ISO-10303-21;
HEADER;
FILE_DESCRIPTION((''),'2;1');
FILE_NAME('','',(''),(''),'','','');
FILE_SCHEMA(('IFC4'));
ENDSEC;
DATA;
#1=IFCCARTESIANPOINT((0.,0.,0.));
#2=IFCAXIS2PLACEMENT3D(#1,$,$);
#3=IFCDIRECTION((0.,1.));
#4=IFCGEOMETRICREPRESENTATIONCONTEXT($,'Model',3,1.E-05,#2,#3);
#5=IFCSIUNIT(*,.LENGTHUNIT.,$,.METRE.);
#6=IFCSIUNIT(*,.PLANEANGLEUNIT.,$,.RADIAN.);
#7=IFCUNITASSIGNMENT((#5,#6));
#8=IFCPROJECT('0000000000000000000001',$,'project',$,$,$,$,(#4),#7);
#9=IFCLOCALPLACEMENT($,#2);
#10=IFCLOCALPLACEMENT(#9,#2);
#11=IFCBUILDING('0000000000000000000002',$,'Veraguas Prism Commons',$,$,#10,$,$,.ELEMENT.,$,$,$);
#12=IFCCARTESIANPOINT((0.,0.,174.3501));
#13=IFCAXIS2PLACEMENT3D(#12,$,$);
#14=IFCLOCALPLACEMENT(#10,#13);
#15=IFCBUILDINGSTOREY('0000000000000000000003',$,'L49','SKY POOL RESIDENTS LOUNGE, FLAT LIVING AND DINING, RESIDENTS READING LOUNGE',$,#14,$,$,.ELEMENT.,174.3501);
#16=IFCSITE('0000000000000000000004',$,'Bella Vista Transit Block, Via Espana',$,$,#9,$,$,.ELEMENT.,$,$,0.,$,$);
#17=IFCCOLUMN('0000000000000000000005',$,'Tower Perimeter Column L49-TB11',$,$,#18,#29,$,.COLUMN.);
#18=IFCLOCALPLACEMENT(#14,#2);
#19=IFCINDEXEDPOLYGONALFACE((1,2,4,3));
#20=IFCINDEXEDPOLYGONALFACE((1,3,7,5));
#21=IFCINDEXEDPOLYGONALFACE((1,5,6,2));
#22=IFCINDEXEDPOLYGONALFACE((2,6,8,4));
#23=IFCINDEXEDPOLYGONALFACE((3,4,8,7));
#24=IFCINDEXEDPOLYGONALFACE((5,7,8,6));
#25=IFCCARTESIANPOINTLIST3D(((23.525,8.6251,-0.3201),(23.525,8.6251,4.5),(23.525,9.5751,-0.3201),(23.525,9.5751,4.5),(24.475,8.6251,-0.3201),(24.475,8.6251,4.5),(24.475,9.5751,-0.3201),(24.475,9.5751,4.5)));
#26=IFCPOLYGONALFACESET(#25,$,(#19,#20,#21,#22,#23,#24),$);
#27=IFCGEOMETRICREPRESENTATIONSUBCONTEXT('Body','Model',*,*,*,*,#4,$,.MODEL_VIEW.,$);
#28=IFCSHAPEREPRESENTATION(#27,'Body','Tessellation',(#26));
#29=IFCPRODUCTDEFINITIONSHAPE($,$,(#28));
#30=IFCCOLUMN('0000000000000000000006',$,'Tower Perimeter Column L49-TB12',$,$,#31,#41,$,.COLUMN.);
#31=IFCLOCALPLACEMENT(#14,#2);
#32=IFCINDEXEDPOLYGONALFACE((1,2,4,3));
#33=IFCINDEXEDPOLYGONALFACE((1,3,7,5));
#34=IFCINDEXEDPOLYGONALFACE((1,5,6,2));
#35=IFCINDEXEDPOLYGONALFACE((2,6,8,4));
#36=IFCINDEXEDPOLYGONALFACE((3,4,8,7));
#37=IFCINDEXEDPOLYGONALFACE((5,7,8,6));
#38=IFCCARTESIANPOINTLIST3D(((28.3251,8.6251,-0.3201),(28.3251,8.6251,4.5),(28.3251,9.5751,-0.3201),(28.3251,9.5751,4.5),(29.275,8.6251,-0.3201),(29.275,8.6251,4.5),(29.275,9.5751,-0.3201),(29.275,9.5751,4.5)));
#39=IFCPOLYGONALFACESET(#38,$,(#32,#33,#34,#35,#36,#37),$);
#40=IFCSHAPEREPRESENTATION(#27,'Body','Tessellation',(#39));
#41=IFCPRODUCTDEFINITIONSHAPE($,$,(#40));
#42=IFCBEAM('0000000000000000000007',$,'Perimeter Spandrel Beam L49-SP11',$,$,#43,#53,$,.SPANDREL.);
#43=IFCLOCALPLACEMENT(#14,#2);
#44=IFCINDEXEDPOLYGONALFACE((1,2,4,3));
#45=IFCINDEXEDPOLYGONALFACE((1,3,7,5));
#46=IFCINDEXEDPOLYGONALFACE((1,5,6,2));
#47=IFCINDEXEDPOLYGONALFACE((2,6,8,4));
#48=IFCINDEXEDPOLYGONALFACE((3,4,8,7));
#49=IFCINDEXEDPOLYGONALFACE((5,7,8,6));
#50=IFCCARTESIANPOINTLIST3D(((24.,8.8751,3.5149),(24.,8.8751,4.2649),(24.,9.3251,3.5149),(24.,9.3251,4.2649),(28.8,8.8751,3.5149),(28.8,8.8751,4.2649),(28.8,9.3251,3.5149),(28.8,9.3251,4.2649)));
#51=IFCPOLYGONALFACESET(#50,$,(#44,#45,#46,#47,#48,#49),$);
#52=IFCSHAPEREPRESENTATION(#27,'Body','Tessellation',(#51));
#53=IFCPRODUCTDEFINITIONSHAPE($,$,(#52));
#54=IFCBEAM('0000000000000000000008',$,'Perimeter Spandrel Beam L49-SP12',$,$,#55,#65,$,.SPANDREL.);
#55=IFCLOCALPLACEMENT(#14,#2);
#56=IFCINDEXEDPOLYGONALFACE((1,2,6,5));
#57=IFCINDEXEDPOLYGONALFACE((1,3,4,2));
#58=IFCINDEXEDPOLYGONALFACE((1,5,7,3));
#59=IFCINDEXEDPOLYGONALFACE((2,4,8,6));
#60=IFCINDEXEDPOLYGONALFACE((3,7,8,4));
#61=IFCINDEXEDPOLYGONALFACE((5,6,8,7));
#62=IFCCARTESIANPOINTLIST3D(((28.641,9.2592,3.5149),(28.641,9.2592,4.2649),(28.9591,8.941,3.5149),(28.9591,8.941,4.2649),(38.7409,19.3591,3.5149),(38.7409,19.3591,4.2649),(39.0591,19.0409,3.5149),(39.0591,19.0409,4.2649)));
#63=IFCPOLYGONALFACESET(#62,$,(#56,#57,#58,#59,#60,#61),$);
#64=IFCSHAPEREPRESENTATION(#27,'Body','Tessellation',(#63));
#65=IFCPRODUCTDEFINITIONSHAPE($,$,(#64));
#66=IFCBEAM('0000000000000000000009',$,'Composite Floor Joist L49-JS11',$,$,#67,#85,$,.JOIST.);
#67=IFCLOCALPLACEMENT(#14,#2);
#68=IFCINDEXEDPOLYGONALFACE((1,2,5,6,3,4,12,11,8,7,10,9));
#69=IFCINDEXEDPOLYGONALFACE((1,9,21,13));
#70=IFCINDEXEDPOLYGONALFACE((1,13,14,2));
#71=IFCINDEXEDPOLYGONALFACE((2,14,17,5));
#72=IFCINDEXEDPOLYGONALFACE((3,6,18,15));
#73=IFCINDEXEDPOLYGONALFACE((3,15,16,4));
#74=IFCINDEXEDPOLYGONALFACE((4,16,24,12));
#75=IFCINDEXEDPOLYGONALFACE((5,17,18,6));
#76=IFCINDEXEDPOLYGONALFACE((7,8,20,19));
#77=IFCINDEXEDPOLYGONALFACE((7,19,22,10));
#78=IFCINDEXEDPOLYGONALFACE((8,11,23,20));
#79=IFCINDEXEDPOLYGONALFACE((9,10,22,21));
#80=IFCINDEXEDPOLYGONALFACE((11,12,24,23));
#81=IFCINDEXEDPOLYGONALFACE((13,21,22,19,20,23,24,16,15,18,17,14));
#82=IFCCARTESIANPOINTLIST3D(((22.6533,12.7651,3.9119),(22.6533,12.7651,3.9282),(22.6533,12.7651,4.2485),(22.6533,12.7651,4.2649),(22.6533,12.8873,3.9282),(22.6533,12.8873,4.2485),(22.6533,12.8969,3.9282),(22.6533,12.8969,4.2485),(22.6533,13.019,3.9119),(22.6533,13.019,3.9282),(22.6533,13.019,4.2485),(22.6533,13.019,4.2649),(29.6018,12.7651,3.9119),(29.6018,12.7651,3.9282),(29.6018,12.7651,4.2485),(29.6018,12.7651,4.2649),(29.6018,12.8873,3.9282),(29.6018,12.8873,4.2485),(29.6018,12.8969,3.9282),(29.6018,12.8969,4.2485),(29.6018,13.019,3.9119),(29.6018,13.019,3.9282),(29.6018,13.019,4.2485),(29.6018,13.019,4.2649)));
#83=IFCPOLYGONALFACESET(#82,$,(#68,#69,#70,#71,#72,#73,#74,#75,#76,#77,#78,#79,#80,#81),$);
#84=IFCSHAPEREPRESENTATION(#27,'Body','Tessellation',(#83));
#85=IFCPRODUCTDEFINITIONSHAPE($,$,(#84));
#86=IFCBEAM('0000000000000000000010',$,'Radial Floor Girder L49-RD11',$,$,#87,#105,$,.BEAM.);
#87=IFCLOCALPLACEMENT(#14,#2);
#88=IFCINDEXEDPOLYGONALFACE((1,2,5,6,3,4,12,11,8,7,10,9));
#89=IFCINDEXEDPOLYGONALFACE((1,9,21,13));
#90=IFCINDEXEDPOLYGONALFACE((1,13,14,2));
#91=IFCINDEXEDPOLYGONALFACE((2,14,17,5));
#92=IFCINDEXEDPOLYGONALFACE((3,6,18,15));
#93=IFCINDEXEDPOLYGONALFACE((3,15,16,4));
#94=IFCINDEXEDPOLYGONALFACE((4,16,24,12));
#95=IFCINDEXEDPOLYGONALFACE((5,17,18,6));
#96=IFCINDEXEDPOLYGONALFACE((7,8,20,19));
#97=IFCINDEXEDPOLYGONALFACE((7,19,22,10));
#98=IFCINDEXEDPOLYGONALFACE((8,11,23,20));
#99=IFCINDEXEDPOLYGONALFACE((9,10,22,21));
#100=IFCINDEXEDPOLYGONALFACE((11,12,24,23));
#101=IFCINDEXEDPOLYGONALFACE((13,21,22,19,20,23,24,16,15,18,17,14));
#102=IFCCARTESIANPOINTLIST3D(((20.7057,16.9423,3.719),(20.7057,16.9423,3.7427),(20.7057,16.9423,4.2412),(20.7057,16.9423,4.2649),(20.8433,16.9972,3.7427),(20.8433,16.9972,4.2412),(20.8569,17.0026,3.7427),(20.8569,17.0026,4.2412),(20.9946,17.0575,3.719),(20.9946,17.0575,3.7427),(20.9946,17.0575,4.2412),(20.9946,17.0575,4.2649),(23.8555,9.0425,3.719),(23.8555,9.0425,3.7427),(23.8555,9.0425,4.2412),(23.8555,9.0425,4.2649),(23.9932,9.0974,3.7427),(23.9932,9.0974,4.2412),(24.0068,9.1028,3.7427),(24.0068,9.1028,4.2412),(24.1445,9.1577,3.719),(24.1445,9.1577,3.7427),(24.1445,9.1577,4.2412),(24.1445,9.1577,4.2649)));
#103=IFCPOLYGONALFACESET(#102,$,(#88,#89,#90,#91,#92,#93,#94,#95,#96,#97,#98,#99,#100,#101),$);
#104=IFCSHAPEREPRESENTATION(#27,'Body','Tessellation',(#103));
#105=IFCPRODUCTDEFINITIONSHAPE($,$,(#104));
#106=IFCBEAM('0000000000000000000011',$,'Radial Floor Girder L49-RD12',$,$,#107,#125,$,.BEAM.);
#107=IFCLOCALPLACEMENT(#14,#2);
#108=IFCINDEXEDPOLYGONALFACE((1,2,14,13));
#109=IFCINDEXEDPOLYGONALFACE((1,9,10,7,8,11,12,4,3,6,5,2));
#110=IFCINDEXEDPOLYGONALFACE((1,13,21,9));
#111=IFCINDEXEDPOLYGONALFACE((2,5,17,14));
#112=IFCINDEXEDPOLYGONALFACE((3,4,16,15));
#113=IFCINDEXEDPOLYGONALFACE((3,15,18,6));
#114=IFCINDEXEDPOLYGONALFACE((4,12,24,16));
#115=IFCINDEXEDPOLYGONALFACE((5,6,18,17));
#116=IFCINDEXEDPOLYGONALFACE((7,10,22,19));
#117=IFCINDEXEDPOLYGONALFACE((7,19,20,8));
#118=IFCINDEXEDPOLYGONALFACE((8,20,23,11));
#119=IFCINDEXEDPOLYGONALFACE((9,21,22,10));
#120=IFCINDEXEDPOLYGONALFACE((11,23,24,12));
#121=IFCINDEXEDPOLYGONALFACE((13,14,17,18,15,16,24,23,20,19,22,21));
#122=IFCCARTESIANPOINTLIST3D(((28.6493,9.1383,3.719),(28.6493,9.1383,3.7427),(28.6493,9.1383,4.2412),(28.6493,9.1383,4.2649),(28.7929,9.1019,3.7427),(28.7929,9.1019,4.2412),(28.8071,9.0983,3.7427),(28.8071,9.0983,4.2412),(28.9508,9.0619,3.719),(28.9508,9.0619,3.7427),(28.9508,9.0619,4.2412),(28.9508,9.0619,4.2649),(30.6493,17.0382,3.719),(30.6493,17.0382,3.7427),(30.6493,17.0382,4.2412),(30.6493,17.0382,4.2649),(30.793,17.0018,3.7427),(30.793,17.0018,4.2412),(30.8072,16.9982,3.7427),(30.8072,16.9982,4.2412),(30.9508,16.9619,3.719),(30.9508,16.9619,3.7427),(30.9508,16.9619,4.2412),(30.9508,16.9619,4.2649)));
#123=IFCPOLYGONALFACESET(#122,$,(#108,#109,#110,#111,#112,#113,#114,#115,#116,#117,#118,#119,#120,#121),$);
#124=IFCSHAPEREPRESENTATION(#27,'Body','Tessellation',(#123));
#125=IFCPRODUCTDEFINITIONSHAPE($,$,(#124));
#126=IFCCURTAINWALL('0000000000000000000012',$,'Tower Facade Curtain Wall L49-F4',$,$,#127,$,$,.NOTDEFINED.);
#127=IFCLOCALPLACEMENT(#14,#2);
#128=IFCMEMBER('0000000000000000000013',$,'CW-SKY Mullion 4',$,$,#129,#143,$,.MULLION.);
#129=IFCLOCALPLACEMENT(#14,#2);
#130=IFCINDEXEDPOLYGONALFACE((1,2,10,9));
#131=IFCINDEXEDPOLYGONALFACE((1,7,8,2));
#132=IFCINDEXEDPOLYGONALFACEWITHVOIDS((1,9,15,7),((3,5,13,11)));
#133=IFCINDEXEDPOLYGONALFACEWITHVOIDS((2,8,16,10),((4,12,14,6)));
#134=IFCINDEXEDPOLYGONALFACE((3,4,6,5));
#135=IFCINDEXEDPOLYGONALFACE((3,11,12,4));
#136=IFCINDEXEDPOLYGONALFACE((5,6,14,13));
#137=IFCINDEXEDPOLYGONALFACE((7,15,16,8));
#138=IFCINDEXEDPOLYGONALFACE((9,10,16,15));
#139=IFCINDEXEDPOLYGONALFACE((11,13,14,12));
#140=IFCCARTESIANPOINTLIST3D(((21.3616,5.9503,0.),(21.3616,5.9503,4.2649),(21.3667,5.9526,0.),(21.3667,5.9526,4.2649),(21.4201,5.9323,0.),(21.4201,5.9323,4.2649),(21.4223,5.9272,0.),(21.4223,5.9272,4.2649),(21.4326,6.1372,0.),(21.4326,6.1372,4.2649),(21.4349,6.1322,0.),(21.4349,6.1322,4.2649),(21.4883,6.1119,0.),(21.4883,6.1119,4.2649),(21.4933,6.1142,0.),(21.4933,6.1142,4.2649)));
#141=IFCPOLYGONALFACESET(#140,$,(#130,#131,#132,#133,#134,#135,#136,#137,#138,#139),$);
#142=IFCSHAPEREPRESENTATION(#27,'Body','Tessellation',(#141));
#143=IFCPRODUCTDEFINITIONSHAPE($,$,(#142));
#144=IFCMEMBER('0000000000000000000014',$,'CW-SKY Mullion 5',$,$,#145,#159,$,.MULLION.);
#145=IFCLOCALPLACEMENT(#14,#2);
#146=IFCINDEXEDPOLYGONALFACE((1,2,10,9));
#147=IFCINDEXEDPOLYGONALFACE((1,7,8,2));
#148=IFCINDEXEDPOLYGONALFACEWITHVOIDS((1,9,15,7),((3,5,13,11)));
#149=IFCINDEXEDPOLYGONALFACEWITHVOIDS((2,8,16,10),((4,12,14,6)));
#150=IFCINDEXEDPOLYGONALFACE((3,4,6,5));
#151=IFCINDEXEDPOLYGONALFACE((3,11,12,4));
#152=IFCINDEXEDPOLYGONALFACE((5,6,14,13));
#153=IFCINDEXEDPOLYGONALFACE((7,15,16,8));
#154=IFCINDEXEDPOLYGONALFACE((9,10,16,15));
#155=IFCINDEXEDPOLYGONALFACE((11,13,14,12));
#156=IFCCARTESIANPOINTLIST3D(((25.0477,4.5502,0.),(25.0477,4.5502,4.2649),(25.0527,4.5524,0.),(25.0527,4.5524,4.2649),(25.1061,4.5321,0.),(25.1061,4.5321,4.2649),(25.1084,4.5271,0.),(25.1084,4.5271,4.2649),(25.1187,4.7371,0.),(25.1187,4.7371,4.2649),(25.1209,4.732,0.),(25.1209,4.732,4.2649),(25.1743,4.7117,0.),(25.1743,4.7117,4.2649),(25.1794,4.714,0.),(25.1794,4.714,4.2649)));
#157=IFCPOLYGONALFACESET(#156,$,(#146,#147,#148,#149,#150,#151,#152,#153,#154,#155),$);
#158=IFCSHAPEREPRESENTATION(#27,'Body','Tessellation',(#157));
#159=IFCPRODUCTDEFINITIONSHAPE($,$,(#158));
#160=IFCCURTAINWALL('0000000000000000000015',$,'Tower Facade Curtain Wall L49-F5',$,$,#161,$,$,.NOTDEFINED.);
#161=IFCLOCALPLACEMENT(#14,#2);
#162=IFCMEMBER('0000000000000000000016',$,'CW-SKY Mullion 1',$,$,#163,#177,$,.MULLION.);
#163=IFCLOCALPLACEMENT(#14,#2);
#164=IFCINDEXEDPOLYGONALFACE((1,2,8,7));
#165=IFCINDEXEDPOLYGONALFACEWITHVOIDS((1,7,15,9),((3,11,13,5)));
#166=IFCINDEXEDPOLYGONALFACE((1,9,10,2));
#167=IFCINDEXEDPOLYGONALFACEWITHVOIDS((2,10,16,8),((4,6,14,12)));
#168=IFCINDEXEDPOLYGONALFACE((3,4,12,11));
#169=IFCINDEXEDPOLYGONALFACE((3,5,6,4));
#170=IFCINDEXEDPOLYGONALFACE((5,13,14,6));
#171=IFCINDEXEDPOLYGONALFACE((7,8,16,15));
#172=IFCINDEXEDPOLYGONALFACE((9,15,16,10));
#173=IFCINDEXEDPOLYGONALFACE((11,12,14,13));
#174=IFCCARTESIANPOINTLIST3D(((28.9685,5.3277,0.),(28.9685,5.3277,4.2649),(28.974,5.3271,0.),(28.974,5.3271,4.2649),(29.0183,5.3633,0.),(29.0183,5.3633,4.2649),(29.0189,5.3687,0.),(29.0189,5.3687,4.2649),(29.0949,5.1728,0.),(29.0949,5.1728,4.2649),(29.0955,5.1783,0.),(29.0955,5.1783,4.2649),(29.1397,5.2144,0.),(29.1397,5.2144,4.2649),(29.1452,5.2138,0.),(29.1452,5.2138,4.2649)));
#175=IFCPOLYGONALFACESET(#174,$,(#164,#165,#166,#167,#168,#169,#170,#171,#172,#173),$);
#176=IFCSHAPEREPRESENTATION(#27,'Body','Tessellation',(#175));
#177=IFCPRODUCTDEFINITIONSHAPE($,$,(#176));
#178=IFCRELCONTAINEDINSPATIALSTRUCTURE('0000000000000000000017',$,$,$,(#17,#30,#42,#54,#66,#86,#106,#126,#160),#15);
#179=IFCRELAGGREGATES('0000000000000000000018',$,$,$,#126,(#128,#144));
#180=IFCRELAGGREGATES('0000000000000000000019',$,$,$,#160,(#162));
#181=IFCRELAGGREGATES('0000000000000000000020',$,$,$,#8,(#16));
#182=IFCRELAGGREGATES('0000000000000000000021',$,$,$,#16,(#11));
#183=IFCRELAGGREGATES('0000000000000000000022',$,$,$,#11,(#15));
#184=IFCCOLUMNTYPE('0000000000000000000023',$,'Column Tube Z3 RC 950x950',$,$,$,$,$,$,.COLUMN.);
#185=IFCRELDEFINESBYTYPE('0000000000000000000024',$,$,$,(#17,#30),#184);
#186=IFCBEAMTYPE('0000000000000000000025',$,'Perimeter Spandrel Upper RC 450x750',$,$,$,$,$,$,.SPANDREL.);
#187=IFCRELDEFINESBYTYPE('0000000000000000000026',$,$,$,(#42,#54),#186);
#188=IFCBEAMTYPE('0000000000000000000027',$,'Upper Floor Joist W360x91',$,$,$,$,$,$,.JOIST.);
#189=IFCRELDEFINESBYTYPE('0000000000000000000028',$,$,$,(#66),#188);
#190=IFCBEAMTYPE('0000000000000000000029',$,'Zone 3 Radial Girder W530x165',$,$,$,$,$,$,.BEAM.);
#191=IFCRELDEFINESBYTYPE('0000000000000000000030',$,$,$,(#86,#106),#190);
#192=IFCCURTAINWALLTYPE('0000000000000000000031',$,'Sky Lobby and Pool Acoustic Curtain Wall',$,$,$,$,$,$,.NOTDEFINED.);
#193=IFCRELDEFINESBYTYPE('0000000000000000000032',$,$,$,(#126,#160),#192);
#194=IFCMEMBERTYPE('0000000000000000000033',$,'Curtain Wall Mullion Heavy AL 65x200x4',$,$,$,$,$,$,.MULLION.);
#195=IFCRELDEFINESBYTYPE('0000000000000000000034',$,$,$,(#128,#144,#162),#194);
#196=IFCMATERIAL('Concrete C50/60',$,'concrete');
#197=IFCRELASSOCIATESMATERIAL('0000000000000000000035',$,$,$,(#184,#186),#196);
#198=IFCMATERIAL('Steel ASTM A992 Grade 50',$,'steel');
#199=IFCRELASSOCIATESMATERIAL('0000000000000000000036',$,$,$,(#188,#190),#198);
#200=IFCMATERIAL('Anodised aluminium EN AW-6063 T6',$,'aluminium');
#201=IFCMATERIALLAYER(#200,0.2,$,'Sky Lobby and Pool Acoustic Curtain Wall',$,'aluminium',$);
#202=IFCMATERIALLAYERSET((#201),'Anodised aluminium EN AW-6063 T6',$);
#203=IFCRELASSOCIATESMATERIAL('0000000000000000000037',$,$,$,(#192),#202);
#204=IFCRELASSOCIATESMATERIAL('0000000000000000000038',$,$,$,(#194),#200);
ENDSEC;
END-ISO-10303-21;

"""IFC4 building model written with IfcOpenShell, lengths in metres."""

from ifc_helpers import new_model, si_unit, direction, frame, origin, origin_2d, place, context, subcontext, project, spatial, rectangle, hollow_rectangle, i_section, extrude, source, transform, mapped, material, layer, layer_set, material_profile, profile_set, type_object, element, aggregate, save


model = new_model("IFC4")

# Units and contexts
model_context = context("Model", 3, precision=1e-05, world=origin(), true_north=direction((0.0, 1.0)))
body_context = subcontext(model_context, "Body", "Model", "MODEL_VIEW")
ifc_project = project(units=[si_unit("LENGTHUNIT", "METRE"), si_unit("PLANEANGLEUNIT", "RADIAN")], contexts=[model_context])

# Site, building, storey
site_placement = place(None, origin())
site = spatial("IfcSite", under=ifc_project, at=site_placement, Name="Bella Vista Transit Block, Via Espana", CompositionType="ELEMENT", RefElevation=0.0)
building_placement = place(site_placement, origin())
building = spatial("IfcBuilding", under=site, at=building_placement, Name="Veraguas Prism Commons", CompositionType="ELEMENT")
storey_placement = place(building_placement, frame((0.0, 0.0, 174.3501)))
storey = spatial("IfcBuildingStorey", under=building, at=storey_placement, Name="L49", Description="SKY POOL RESIDENTS LOUNGE, FLAT LIVING AND DINING, RESIDENTS READING LOUNGE", CompositionType="ELEMENT", Elevation=174.3501)

# Columns
ifc_material_1 = material(Name="Concrete C50/60", Category="concrete")
ifc_material_profile_1 = material_profile(ifc_material_1, rectangle(XDim=0.95, YDim=0.95, at=origin_2d()), Name="RC950X950")
ifc_profile_set_1 = profile_set([ifc_material_profile_1], Name="Concrete C50/60")
column_type = type_object("IfcColumnType", Name="Column Tube Z3 RC 950x950", PredefinedType="COLUMN", material=ifc_profile_set_1)
for number, where, z_axis, x_axis, name in (
    (1, (24.0, 9.1001, -0.3201), (0.0, 0.0, 1.0), (1.0, 0.0, 0.0), "Tower Perimeter Column L49-TB11"),
    (2, (28.8, 9.1001, -0.3201), (0.0, 0.0, 1.0), (1.0, 0.0, 0.0), "Tower Perimeter Column L49-TB12"),
):
    element("IfcColumn", number, at=place(storey_placement, frame(where, z_axis=z_axis, x_axis=x_axis)), inside=storey, type_object=column_type, Name=name, PredefinedType="COLUMN", context=body_context, shape_type="SweptSolid", body=[
        extrude(rectangle(XDim=0.95, YDim=0.95, at=origin_2d()), origin(), (0.0, 0.0, 1.0), 4.8201),
    ])

# Beams
ifc_material_profile_2 = material_profile(ifc_material_1, rectangle(XDim=0.45, YDim=0.75, at=origin_2d()), Name="RC450X750")
ifc_profile_set_2 = profile_set([ifc_material_profile_2], Name="Concrete C50/60")
beam_type_1 = type_object("IfcBeamType", Name="Perimeter Spandrel Upper RC 450x750", PredefinedType="SPANDREL", material=ifc_profile_set_2)
beam_1_placement = place(storey_placement, frame((24.0, 9.1001, 3.8899), z_axis=(1.0, 0.0, 0.0), x_axis=(0.0, 1.0, 0.0)))
element("IfcBeam", 3, at=beam_1_placement, inside=storey, type_object=beam_type_1, Name="Perimeter Spandrel Beam L49-SP11", PredefinedType="SPANDREL", context=body_context, shape_type="SweptSolid", body=[
    extrude(rectangle(XDim=0.45, YDim=0.75, at=origin_2d()), origin(), (0.0, 0.0, 1.0), 4.8),
])
beam_2_placement = place(storey_placement, frame((28.8, 9.1001, 3.8899), z_axis=(0.707107, 0.707107, 0.0), x_axis=(-0.707107, 0.707107, 0.0)))
element("IfcBeam", 4, at=beam_2_placement, inside=storey, type_object=beam_type_1, Name="Perimeter Spandrel Beam L49-SP12", PredefinedType="SPANDREL", context=body_context, shape_type="SweptSolid", body=[
    extrude(rectangle(XDim=0.45, YDim=0.75, at=origin_2d()), origin(), (0.0, 0.0, 1.0), 14.2834),
])
ifc_material_2 = material(Name="Steel ASTM A992 Grade 50", Category="steel")
ifc_material_profile_3 = material_profile(ifc_material_2, i_section(OverallWidth=0.2539, OverallDepth=0.353, WebThickness=0.0095, FlangeThickness=0.0164, at=origin_2d()), Name="W360X91")
ifc_profile_set_3 = profile_set([ifc_material_profile_3], Name="Steel ASTM A992 Grade 50")
beam_type_2 = type_object("IfcBeamType", Name="Upper Floor Joist W360x91", PredefinedType="JOIST", material=ifc_profile_set_3)
beam_3_placement = place(storey_placement, frame((22.6533, 12.8921, 4.0884), z_axis=(1.0, 0.0, 0.0), x_axis=(0.0, 1.0, 0.0)))
element("IfcBeam", 5, at=beam_3_placement, inside=storey, type_object=beam_type_2, Name="Composite Floor Joist L49-JS11", PredefinedType="JOIST", context=body_context, shape_type="SweptSolid", body=[
    extrude(i_section(OverallWidth=0.2539, OverallDepth=0.353, WebThickness=0.0095, FlangeThickness=0.0164, at=origin_2d()), origin(), (0.0, 0.0, 1.0), 6.9485),
])
ifc_material_profile_4 = material_profile(ifc_material_2, i_section(OverallWidth=0.311, OverallDepth=0.5459, WebThickness=0.0146, FlangeThickness=0.0237, at=origin_2d()), Name="W530X165")
ifc_profile_set_4 = profile_set([ifc_material_profile_4], Name="Steel ASTM A992 Grade 50")
beam_type_3 = type_object("IfcBeamType", Name="Zone 3 Radial Girder W530x165", PredefinedType="BEAM", material=ifc_profile_set_4)
beam_4_placement = place(storey_placement, frame((24.0, 9.1001, 3.9919), z_axis=(-0.370371, 0.928884, 0.0), x_axis=(-0.928884, -0.370371, 0.0)))
element("IfcBeam", 6, at=beam_4_placement, inside=storey, type_object=beam_type_3, Name="Radial Floor Girder L49-RD11", PredefinedType="BEAM", context=body_context, shape_type="SweptSolid", body=[
    extrude(i_section(OverallWidth=0.311, OverallDepth=0.5459, WebThickness=0.0146, FlangeThickness=0.0237, at=origin_2d()), origin(), (0.0, 0.0, 1.0), 8.5046),
])
beam_5_placement = place(storey_placement, frame((28.8, 9.1001, 3.9919), z_axis=(0.245425, 0.969416, 0.0), x_axis=(-0.969416, 0.245425, 0.0)))
element("IfcBeam", 7, at=beam_5_placement, inside=storey, type_object=beam_type_3, Name="Radial Floor Girder L49-RD12", PredefinedType="BEAM", context=body_context, shape_type="SweptSolid", body=[
    extrude(i_section(OverallWidth=0.311, OverallDepth=0.5459, WebThickness=0.0146, FlangeThickness=0.0237, at=origin_2d()), origin(), (0.0, 0.0, 1.0), 8.1492),
])

# Curtain walls, members
ifc_material_3 = material(Name="Anodised aluminium EN AW-6063 T6", Category="aluminium")
ifc_layer_1 = layer(ifc_material_3, 0.2, Name="Sky Lobby and Pool Acoustic Curtain Wall", Category="aluminium")
ifc_layer_set_1 = layer_set([ifc_layer_1], Name="Anodised aluminium EN AW-6063 T6")
curtain_wall_type = type_object("IfcCurtainWallType", Name="Sky Lobby and Pool Acoustic Curtain Wall", PredefinedType="NOTDEFINED", material=ifc_layer_set_1)
curtain_wall_1_placement = place(storey_placement, origin())
curtain_wall_1 = element("IfcCurtainWall", 8, at=curtain_wall_1_placement, inside=storey, type_object=curtain_wall_type, Name="Tower Facade Curtain Wall L49-F4", PredefinedType="NOTDEFINED")
ifc_material_profile_5 = material_profile(ifc_material_3, hollow_rectangle(XDim=0.0649, YDim=0.2, WallThickness=0.0039, at=origin_2d()), Name="AL65X200X4")
ifc_profile_set_5 = profile_set([ifc_material_profile_5], Name="Anodised aluminium EN AW-6063 T6")
member_type_1 = type_object("IfcMemberType", Name="Curtain Wall Mullion Heavy AL 65x200x4", PredefinedType="MULLION", material=ifc_profile_set_5)
shared_shape_1 = source(origin(), body_context, "Body", "SweptSolid", [
    extrude(hollow_rectangle(XDim=0.0649, YDim=0.2, WallThickness=0.0039, at=origin_2d()), origin(), (0.0, 0.0, 1.0), 4.2649),
])
member_1_placement = place(storey_placement, frame((21.4275, 6.0322, 0.0), z_axis=(0.0, 0.0, 1.0), x_axis=(0.934825, -0.355109, 0.0)))
member_1 = element("IfcMember", 9, at=member_1_placement, type_object=member_type_1, Name="CW-SKY Mullion 4", PredefinedType="MULLION", context=body_context, shape_type="MappedRepresentation", body=[
    mapped(shared_shape_1, transform((0.0, 0.0, 0.0), scale=1.0)),
])
member_2_placement = place(storey_placement, frame((25.1135, 4.6321, 0.0), z_axis=(0.0, 0.0, 1.0), x_axis=(0.934825, -0.355109, 0.0)))
member_2 = element("IfcMember", 10, at=member_2_placement, type_object=member_type_1, Name="CW-SKY Mullion 5", PredefinedType="MULLION", context=body_context, shape_type="MappedRepresentation", body=[
    mapped(shared_shape_1, transform((0.0, 0.0, 0.0), scale=1.0)),
])
curtain_wall_2_placement = place(storey_placement, origin())
curtain_wall_2 = element("IfcCurtainWall", 11, at=curtain_wall_2_placement, inside=storey, type_object=curtain_wall_type, Name="Tower Facade Curtain Wall L49-F5", PredefinedType="NOTDEFINED")
member_3_placement = place(storey_placement, frame((29.0569, 5.2708, 0.0), z_axis=(0.0, 0.0, 1.0), x_axis=(0.774941, 0.632033, 0.0)))
member_3 = element("IfcMember", 12, at=member_3_placement, type_object=member_type_1, Name="CW-SKY Mullion 1", PredefinedType="MULLION", context=body_context, shape_type="MappedRepresentation", body=[
    mapped(shared_shape_1, transform((0.0, 0.0, 0.0), scale=1.0)),
])

aggregate(curtain_wall_1, [member_1, member_2])
aggregate(curtain_wall_2, [member_3])

save(model, "model.ifc")
